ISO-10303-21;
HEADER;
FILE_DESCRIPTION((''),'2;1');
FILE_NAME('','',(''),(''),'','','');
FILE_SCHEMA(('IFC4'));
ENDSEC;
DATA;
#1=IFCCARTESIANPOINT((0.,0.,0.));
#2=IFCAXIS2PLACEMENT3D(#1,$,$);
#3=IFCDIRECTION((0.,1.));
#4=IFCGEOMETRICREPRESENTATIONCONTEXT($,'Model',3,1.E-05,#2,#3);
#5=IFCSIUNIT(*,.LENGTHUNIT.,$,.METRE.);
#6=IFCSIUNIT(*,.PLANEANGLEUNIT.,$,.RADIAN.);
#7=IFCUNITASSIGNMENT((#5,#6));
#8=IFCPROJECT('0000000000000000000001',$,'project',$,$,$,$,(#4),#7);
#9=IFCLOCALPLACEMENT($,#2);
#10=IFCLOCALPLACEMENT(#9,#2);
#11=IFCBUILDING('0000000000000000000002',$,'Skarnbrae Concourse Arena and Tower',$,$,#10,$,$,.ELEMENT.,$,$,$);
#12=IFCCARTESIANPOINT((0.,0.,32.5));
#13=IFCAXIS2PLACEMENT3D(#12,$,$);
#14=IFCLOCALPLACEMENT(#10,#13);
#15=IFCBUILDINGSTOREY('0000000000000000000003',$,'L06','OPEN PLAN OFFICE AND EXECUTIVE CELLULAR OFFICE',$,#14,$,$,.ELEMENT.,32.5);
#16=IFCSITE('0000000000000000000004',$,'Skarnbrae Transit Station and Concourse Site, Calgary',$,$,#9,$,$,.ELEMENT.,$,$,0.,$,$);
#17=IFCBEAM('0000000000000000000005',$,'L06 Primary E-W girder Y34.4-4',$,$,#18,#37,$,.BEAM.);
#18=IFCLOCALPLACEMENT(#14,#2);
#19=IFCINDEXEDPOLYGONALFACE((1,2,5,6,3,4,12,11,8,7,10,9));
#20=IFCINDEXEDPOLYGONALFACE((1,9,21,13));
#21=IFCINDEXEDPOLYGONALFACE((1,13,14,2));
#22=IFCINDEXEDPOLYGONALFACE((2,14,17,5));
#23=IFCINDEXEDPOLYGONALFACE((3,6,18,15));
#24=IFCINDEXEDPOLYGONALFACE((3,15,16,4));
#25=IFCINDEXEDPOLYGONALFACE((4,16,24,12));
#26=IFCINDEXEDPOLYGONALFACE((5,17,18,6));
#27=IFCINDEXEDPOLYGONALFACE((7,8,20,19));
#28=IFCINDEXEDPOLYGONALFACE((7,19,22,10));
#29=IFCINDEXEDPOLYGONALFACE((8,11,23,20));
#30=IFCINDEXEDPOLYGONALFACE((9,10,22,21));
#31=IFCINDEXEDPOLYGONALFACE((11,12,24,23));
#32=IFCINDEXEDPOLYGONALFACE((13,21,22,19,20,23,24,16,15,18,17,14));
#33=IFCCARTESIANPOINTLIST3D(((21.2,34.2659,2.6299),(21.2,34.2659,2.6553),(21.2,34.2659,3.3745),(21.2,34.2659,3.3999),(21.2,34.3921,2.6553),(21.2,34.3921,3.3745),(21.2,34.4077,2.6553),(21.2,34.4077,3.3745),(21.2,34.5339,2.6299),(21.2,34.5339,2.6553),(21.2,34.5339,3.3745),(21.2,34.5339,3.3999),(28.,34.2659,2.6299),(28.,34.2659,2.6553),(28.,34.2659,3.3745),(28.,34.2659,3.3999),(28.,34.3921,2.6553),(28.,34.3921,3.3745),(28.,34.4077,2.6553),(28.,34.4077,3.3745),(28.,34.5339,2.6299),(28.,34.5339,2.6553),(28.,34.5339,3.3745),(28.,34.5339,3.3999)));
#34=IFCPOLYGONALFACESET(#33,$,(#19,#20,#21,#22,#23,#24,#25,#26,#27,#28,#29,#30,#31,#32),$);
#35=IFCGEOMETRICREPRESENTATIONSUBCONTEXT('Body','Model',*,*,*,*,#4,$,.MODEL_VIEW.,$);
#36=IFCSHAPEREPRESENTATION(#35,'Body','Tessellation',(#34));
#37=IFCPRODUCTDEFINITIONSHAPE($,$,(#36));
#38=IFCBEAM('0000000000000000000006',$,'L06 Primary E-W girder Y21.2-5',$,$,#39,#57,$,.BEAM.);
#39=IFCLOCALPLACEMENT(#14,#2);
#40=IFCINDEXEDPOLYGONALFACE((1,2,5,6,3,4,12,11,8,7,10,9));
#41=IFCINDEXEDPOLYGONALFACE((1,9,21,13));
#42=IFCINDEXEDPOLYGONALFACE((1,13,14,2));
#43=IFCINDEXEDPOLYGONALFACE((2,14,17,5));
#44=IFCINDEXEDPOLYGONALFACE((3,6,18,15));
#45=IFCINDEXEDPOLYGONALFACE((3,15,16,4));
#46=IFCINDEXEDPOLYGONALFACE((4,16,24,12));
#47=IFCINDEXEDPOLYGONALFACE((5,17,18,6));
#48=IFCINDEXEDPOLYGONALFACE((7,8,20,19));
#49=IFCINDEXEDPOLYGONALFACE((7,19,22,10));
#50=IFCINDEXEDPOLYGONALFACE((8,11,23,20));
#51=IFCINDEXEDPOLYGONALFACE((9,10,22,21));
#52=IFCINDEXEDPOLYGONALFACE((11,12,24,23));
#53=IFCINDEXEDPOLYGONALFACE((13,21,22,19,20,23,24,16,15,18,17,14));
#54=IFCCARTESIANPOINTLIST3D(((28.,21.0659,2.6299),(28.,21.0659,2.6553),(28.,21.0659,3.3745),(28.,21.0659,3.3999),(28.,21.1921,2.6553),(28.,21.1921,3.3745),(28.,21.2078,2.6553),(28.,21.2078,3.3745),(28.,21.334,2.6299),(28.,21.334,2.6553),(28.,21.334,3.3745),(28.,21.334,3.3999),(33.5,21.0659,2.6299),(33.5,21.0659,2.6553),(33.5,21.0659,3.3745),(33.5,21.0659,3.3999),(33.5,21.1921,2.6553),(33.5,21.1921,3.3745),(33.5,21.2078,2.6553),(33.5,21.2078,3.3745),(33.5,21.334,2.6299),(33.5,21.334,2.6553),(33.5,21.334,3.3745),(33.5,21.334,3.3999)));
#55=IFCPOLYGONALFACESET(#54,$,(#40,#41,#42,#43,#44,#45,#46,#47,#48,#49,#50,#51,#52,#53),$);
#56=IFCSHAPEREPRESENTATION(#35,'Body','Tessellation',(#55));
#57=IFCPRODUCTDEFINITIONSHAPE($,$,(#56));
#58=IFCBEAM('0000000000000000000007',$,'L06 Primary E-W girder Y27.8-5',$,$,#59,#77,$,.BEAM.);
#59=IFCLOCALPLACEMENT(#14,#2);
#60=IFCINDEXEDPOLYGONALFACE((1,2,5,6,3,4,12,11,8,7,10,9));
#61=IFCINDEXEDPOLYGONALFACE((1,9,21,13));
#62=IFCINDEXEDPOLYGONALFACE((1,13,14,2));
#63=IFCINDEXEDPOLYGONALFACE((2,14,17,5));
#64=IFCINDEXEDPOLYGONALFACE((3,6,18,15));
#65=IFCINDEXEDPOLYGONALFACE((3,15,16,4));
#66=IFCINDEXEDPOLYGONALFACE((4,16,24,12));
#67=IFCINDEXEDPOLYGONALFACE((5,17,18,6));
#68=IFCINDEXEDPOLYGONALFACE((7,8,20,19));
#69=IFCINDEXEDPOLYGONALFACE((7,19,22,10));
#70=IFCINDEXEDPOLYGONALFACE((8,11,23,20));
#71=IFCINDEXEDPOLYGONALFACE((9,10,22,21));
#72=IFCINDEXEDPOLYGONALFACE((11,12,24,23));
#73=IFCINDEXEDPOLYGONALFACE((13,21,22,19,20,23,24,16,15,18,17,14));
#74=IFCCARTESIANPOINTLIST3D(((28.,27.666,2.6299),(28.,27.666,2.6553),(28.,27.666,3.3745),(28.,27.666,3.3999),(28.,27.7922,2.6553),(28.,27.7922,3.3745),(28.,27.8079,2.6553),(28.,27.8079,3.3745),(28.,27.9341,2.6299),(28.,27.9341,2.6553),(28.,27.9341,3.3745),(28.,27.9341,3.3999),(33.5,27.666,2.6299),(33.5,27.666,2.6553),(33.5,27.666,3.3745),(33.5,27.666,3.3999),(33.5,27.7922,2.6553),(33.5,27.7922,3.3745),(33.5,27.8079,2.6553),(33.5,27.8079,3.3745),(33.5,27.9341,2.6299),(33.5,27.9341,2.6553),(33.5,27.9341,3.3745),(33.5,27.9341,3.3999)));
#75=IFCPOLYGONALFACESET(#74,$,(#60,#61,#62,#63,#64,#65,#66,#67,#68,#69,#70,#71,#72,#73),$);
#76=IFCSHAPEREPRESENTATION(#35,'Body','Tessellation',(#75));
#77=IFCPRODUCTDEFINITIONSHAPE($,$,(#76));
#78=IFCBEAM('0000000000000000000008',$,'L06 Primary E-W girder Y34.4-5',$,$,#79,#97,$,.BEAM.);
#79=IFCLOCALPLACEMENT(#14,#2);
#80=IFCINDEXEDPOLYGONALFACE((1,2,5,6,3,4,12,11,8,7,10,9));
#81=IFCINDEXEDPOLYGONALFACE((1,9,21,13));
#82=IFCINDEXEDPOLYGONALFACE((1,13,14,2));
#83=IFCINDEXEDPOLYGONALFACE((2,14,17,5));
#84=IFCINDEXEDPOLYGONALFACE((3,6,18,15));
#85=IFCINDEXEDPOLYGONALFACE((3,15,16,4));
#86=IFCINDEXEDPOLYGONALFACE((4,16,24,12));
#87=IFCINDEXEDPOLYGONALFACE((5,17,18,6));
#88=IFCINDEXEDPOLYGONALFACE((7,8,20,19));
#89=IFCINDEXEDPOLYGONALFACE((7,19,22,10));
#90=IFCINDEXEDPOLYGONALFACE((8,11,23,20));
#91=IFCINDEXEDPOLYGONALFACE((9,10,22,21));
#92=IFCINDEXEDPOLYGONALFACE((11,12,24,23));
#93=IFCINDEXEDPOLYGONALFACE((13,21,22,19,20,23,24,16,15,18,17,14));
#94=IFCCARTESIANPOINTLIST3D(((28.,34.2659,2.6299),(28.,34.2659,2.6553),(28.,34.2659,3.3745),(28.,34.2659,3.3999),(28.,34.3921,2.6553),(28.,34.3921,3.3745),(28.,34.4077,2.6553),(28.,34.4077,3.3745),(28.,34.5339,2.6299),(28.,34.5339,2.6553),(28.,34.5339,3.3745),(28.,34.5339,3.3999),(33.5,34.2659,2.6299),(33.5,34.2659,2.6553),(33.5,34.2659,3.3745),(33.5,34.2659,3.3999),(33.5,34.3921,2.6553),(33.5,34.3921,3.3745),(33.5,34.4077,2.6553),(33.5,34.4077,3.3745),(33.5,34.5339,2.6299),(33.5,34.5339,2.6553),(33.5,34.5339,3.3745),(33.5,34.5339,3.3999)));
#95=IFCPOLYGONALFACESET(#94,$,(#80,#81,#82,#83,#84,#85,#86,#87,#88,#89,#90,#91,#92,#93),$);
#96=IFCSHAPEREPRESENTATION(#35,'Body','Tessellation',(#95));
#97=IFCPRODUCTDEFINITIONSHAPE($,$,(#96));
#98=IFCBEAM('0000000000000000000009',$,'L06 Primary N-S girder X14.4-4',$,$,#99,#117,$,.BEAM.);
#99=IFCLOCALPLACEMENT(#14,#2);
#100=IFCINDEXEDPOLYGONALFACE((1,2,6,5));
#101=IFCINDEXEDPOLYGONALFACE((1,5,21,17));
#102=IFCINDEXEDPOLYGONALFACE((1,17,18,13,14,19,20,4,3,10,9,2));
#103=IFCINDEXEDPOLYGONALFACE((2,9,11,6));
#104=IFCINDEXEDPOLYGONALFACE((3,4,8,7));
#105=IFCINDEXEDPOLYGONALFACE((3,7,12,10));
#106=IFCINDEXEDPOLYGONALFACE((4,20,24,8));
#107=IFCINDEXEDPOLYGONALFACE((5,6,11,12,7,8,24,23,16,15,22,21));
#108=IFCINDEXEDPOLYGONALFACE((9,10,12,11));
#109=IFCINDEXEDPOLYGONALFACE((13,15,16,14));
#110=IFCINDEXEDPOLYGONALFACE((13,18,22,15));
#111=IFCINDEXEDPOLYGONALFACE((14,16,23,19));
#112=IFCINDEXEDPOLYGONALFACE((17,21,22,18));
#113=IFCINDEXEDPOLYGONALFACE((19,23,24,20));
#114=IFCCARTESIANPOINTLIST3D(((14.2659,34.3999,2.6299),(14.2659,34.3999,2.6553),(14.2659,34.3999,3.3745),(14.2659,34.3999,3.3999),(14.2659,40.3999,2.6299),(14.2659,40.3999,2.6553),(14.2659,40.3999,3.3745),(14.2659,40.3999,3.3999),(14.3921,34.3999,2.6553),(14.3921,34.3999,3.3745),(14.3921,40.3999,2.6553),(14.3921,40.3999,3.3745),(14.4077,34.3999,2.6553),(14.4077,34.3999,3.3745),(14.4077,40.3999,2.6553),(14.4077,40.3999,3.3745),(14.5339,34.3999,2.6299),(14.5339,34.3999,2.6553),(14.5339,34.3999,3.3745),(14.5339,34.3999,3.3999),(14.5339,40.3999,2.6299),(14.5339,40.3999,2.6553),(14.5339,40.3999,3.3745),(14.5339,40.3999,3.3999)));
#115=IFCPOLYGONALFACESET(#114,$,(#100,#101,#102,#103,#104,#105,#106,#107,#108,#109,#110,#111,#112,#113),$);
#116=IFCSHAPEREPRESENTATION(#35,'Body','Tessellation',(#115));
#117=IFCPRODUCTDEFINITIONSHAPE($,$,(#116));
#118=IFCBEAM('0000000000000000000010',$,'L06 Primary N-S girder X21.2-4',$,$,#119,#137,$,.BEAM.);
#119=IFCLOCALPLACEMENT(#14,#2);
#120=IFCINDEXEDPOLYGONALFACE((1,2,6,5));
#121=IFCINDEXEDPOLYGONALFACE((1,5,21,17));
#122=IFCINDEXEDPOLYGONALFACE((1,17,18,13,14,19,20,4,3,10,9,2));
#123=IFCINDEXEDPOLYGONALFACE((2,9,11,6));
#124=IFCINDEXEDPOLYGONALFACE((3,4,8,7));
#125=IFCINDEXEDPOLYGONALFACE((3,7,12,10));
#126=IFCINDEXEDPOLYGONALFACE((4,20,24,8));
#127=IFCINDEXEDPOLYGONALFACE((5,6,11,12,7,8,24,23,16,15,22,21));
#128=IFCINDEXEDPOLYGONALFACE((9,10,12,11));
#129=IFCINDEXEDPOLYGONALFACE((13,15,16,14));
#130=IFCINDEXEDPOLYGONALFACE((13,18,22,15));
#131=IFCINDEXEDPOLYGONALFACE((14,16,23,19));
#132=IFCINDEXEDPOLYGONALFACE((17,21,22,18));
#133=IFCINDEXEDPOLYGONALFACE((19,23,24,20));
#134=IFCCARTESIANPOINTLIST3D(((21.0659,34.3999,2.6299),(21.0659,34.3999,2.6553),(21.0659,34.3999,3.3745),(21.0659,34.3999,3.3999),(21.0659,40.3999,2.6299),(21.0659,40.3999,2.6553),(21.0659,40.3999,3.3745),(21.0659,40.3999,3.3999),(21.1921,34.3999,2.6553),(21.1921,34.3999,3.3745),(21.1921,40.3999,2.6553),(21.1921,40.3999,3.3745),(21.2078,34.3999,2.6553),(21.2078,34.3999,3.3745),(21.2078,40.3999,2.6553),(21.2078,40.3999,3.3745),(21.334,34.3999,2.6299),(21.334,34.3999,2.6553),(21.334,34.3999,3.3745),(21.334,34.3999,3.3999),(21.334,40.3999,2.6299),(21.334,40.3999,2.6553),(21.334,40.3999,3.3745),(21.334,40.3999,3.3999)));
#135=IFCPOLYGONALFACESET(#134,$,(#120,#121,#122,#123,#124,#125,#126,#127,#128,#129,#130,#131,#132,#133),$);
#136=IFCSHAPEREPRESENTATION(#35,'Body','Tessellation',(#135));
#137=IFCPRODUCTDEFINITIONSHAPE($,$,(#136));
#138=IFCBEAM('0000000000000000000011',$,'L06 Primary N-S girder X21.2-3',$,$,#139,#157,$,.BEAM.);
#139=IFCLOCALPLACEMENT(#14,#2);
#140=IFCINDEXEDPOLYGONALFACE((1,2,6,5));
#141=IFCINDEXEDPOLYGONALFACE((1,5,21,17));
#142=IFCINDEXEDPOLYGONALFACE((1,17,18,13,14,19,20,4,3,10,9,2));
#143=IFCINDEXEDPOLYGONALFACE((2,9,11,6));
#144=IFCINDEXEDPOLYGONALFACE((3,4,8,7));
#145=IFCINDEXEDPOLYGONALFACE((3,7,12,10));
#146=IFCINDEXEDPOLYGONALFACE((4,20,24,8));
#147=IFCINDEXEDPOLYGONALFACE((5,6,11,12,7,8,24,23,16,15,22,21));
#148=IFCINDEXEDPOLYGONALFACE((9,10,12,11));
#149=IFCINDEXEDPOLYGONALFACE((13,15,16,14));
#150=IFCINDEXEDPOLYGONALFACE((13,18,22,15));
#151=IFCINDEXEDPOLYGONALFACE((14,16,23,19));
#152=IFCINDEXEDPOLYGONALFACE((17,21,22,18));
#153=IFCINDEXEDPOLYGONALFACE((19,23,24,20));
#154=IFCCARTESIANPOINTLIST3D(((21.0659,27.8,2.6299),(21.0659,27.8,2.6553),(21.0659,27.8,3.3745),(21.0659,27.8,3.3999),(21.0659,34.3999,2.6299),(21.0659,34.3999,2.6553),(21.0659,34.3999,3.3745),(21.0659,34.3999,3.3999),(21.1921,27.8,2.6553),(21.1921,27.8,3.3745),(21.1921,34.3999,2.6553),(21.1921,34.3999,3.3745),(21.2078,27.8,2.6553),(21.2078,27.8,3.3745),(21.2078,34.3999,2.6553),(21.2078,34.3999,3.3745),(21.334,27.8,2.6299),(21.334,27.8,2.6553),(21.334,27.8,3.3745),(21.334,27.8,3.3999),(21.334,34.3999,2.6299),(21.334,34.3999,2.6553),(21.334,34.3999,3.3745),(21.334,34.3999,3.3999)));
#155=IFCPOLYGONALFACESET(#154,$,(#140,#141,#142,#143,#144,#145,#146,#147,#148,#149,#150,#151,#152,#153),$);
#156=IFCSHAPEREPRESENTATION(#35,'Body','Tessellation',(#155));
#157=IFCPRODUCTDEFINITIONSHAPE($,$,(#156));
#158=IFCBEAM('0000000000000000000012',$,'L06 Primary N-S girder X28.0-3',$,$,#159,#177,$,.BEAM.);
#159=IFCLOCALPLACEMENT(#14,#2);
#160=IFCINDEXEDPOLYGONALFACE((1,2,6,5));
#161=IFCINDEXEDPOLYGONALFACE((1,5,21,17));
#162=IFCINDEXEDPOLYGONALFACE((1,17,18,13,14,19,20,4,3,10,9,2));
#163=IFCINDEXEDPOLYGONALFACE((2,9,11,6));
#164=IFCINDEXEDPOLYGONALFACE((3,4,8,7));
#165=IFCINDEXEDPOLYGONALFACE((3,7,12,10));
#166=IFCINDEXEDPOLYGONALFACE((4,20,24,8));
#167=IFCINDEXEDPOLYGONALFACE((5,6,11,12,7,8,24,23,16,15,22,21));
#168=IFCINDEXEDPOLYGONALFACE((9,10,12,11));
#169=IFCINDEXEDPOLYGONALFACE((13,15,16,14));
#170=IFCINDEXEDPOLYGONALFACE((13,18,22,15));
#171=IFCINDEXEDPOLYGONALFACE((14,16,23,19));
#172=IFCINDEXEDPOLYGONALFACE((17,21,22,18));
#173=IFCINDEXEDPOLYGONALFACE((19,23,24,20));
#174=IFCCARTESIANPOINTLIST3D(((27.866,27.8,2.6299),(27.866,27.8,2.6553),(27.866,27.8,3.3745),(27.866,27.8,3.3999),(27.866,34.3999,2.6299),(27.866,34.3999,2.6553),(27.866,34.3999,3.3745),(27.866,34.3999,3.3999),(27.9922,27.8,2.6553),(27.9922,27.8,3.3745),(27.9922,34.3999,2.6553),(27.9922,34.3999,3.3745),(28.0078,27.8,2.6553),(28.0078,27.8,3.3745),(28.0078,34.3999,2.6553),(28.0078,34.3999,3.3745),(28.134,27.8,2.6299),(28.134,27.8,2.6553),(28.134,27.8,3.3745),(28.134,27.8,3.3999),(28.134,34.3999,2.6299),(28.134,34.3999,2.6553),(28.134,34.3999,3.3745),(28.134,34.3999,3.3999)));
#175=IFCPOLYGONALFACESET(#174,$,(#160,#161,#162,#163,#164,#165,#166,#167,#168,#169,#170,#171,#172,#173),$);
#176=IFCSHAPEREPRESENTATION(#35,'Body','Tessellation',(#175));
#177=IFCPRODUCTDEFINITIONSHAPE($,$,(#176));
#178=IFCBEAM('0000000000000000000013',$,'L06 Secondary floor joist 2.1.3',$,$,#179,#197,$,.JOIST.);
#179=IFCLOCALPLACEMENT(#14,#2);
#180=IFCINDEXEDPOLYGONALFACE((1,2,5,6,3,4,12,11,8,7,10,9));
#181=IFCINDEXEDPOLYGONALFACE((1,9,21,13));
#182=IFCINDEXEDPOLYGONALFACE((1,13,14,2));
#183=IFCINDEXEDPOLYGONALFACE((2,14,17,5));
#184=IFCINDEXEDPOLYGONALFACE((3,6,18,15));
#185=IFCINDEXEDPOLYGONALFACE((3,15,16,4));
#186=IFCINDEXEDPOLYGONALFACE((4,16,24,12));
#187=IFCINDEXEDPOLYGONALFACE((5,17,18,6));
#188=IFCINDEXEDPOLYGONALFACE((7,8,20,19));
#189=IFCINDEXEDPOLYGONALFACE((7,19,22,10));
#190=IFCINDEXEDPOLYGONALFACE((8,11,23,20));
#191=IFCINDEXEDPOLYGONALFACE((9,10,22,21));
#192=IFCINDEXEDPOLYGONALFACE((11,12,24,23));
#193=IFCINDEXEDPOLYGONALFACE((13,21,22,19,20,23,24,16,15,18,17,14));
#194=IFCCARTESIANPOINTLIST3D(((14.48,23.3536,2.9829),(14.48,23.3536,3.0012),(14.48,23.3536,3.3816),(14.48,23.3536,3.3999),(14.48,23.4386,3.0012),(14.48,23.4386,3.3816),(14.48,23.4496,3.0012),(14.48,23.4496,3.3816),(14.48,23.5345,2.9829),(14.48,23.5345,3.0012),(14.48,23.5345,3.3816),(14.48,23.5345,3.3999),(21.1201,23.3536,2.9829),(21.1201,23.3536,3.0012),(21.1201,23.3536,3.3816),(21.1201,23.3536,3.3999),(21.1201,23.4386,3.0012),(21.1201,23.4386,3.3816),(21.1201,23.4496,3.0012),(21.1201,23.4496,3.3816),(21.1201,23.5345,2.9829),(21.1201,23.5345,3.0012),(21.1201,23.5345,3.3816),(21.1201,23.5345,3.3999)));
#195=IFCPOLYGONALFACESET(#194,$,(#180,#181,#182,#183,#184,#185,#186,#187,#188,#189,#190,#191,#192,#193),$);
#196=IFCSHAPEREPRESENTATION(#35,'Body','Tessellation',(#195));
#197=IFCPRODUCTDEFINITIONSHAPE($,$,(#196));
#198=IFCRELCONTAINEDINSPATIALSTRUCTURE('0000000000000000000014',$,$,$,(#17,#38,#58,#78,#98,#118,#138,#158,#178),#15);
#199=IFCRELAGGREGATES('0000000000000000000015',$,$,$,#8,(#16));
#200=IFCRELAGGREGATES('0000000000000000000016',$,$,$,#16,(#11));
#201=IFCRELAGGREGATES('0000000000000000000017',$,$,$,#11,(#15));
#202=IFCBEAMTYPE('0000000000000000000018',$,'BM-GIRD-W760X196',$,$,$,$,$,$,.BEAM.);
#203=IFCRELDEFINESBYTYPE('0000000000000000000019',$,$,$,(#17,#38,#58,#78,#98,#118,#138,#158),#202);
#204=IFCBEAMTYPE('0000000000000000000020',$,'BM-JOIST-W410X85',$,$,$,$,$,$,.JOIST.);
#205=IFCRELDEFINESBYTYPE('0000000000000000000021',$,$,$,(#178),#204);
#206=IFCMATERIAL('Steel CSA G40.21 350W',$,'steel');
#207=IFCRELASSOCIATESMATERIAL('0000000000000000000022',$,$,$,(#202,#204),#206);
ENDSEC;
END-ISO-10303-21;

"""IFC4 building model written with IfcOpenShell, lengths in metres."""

from ifc_helpers import new_model, si_unit, direction, frame, origin, origin_2d, place, context, subcontext, project, spatial, i_section, extrude, source, transform, mapped, material, material_profile, profile_set, type_object, element, save


model = new_model("IFC4")

# Units and contexts
model_context = context("Model", 3, precision=1e-05, world=origin(), true_north=direction((0.0, 1.0)))
body_context = subcontext(model_context, "Body", "Model", "MODEL_VIEW")
ifc_project = project(units=[si_unit("LENGTHUNIT", "METRE"), si_unit("PLANEANGLEUNIT", "RADIAN")], contexts=[model_context])

# Site, building, storey
site_placement = place(None, origin())
site = spatial("IfcSite", under=ifc_project, at=site_placement, Name="Skarnbrae Transit Station and Concourse Site, Calgary", CompositionType="ELEMENT", RefElevation=0.0)
building_placement = place(site_placement, origin())
building = spatial("IfcBuilding", under=site, at=building_placement, Name="Skarnbrae Concourse Arena and Tower", CompositionType="ELEMENT")
storey_placement = place(building_placement, frame((0.0, 0.0, 32.5)))
storey = spatial("IfcBuildingStorey", under=building, at=storey_placement, Name="L06", Description="OPEN PLAN OFFICE AND EXECUTIVE CELLULAR OFFICE", CompositionType="ELEMENT", Elevation=32.5)

# Shared definitions
ifc_material_1 = material(Name="Steel CSA G40.21 350W", Category="steel")

# Beams
ifc_material_profile_1 = material_profile(ifc_material_1, i_section(OverallWidth=0.2681, OverallDepth=0.77, WebThickness=0.0156, FlangeThickness=0.0254, at=origin_2d()), Name="W760X196")
ifc_profile_set_1 = profile_set([ifc_material_profile_1], Name="Steel CSA G40.21 350W")
beam_type_1 = type_object("IfcBeamType", Name="BM-GIRD-W760X196", PredefinedType="BEAM", material=ifc_profile_set_1)
shared_shape_1 = source(origin(), body_context, "Body", "SweptSolid", [
    extrude(i_section(OverallWidth=0.2681, OverallDepth=0.77, WebThickness=0.0156, FlangeThickness=0.0254, at=origin_2d()), origin(), (0.0, 0.0, 1.0), 6.8),
])
for number, where, z_axis, x_axis, name in (
    (1, (21.2, 34.3999, 3.0149), (1.0, 0.0, 0.0), (0.0, 1.0, 0.0), "L06 Primary E-W girder Y34.4-4"),
):
    element("IfcBeam", number, at=place(storey_placement, frame(where, z_axis=z_axis, x_axis=x_axis)), inside=storey, type_object=beam_type_1, Name=name, PredefinedType="BEAM", context=body_context, shape_type="MappedRepresentation", body=[
        mapped(shared_shape_1, transform((0.0, 0.0, 0.0))),
    ])
shared_shape_2 = source(origin(), body_context, "Body", "SweptSolid", [
    extrude(i_section(OverallWidth=0.2681, OverallDepth=0.77, WebThickness=0.0156, FlangeThickness=0.0254, at=origin_2d()), origin(), (0.0, 0.0, 1.0), 5.5),
])
for number, where, z_axis, x_axis, name in (
    (2, (28.0, 21.2, 3.0149), (1.0, 0.0, 0.0), (0.0, 1.0, 0.0), "L06 Primary E-W girder Y21.2-5"),
    (3, (28.0, 27.8, 3.0149), (1.0, 0.0, 0.0), (0.0, 1.0, 0.0), "L06 Primary E-W girder Y27.8-5"),
    (4, (28.0, 34.3999, 3.0149), (1.0, 0.0, 0.0), (0.0, 1.0, 0.0), "L06 Primary E-W girder Y34.4-5"),
):
    element("IfcBeam", number, at=place(storey_placement, frame(where, z_axis=z_axis, x_axis=x_axis)), inside=storey, type_object=beam_type_1, Name=name, PredefinedType="BEAM", context=body_context, shape_type="MappedRepresentation", body=[
        mapped(shared_shape_2, transform((0.0, 0.0, 0.0))),
    ])
shared_shape_3 = source(origin(), body_context, "Body", "SweptSolid", [
    extrude(i_section(OverallWidth=0.2681, OverallDepth=0.77, WebThickness=0.0156, FlangeThickness=0.0254, at=origin_2d()), origin(), (0.0, 0.0, 1.0), 6.0),
])
for number, where, z_axis, x_axis, name in (
    (5, (14.3999, 34.3999, 3.0149), (0.0, 1.0, 0.0), (-1.0, 0.0, 0.0), "L06 Primary N-S girder X14.4-4"),
    (6, (21.2, 34.3999, 3.0149), (0.0, 1.0, 0.0), (-1.0, 0.0, 0.0), "L06 Primary N-S girder X21.2-4"),
):
    element("IfcBeam", number, at=place(storey_placement, frame(where, z_axis=z_axis, x_axis=x_axis)), inside=storey, type_object=beam_type_1, Name=name, PredefinedType="BEAM", context=body_context, shape_type="MappedRepresentation", body=[
        mapped(shared_shape_3, transform((0.0, 0.0, 0.0))),
    ])
shared_shape_4 = source(origin(), body_context, "Body", "SweptSolid", [
    extrude(i_section(OverallWidth=0.2681, OverallDepth=0.77, WebThickness=0.0156, FlangeThickness=0.0254, at=origin_2d()), origin(), (0.0, 0.0, 1.0), 6.5999),
])
for number, where, z_axis, x_axis, name in (
    (7, (21.2, 27.8, 3.0149), (0.0, 1.0, 0.0), (-1.0, 0.0, 0.0), "L06 Primary N-S girder X21.2-3"),
    (8, (28.0, 27.8, 3.0149), (0.0, 1.0, 0.0), (-1.0, 0.0, 0.0), "L06 Primary N-S girder X28.0-3"),
):
    element("IfcBeam", number, at=place(storey_placement, frame(where, z_axis=z_axis, x_axis=x_axis)), inside=storey, type_object=beam_type_1, Name=name, PredefinedType="BEAM", context=body_context, shape_type="MappedRepresentation", body=[
        mapped(shared_shape_4, transform((0.0, 0.0, 0.0))),
    ])
ifc_material_profile_2 = material_profile(ifc_material_1, i_section(OverallWidth=0.1809, OverallDepth=0.417, WebThickness=0.011, FlangeThickness=0.0183, at=origin_2d()), Name="W410X85")
ifc_profile_set_2 = profile_set([ifc_material_profile_2], Name="Steel CSA G40.21 350W")
beam_type_2 = type_object("IfcBeamType", Name="BM-JOIST-W410X85", PredefinedType="JOIST", material=ifc_profile_set_2)
shared_shape_5 = source(origin(), body_context, "Body", "SweptSolid", [
    extrude(i_section(OverallWidth=0.1809, OverallDepth=0.417, WebThickness=0.011, FlangeThickness=0.0183, at=origin_2d()), origin(), (0.0, 0.0, 1.0), 6.6401),
])
for number, where, z_axis, x_axis, name in (
    (9, (14.48, 23.4441, 3.1914), (1.0, 0.0, 0.0), (0.0, 1.0, 0.0), "L06 Secondary floor joist 2.1.3"),
):
    element("IfcBeam", number, at=place(storey_placement, frame(where, z_axis=z_axis, x_axis=x_axis)), inside=storey, type_object=beam_type_2, Name=name, PredefinedType="JOIST", context=body_context, shape_type="MappedRepresentation", body=[
        mapped(shared_shape_5, transform((0.0, 0.0, 0.0))),
    ])

save(model, "model.ifc")
